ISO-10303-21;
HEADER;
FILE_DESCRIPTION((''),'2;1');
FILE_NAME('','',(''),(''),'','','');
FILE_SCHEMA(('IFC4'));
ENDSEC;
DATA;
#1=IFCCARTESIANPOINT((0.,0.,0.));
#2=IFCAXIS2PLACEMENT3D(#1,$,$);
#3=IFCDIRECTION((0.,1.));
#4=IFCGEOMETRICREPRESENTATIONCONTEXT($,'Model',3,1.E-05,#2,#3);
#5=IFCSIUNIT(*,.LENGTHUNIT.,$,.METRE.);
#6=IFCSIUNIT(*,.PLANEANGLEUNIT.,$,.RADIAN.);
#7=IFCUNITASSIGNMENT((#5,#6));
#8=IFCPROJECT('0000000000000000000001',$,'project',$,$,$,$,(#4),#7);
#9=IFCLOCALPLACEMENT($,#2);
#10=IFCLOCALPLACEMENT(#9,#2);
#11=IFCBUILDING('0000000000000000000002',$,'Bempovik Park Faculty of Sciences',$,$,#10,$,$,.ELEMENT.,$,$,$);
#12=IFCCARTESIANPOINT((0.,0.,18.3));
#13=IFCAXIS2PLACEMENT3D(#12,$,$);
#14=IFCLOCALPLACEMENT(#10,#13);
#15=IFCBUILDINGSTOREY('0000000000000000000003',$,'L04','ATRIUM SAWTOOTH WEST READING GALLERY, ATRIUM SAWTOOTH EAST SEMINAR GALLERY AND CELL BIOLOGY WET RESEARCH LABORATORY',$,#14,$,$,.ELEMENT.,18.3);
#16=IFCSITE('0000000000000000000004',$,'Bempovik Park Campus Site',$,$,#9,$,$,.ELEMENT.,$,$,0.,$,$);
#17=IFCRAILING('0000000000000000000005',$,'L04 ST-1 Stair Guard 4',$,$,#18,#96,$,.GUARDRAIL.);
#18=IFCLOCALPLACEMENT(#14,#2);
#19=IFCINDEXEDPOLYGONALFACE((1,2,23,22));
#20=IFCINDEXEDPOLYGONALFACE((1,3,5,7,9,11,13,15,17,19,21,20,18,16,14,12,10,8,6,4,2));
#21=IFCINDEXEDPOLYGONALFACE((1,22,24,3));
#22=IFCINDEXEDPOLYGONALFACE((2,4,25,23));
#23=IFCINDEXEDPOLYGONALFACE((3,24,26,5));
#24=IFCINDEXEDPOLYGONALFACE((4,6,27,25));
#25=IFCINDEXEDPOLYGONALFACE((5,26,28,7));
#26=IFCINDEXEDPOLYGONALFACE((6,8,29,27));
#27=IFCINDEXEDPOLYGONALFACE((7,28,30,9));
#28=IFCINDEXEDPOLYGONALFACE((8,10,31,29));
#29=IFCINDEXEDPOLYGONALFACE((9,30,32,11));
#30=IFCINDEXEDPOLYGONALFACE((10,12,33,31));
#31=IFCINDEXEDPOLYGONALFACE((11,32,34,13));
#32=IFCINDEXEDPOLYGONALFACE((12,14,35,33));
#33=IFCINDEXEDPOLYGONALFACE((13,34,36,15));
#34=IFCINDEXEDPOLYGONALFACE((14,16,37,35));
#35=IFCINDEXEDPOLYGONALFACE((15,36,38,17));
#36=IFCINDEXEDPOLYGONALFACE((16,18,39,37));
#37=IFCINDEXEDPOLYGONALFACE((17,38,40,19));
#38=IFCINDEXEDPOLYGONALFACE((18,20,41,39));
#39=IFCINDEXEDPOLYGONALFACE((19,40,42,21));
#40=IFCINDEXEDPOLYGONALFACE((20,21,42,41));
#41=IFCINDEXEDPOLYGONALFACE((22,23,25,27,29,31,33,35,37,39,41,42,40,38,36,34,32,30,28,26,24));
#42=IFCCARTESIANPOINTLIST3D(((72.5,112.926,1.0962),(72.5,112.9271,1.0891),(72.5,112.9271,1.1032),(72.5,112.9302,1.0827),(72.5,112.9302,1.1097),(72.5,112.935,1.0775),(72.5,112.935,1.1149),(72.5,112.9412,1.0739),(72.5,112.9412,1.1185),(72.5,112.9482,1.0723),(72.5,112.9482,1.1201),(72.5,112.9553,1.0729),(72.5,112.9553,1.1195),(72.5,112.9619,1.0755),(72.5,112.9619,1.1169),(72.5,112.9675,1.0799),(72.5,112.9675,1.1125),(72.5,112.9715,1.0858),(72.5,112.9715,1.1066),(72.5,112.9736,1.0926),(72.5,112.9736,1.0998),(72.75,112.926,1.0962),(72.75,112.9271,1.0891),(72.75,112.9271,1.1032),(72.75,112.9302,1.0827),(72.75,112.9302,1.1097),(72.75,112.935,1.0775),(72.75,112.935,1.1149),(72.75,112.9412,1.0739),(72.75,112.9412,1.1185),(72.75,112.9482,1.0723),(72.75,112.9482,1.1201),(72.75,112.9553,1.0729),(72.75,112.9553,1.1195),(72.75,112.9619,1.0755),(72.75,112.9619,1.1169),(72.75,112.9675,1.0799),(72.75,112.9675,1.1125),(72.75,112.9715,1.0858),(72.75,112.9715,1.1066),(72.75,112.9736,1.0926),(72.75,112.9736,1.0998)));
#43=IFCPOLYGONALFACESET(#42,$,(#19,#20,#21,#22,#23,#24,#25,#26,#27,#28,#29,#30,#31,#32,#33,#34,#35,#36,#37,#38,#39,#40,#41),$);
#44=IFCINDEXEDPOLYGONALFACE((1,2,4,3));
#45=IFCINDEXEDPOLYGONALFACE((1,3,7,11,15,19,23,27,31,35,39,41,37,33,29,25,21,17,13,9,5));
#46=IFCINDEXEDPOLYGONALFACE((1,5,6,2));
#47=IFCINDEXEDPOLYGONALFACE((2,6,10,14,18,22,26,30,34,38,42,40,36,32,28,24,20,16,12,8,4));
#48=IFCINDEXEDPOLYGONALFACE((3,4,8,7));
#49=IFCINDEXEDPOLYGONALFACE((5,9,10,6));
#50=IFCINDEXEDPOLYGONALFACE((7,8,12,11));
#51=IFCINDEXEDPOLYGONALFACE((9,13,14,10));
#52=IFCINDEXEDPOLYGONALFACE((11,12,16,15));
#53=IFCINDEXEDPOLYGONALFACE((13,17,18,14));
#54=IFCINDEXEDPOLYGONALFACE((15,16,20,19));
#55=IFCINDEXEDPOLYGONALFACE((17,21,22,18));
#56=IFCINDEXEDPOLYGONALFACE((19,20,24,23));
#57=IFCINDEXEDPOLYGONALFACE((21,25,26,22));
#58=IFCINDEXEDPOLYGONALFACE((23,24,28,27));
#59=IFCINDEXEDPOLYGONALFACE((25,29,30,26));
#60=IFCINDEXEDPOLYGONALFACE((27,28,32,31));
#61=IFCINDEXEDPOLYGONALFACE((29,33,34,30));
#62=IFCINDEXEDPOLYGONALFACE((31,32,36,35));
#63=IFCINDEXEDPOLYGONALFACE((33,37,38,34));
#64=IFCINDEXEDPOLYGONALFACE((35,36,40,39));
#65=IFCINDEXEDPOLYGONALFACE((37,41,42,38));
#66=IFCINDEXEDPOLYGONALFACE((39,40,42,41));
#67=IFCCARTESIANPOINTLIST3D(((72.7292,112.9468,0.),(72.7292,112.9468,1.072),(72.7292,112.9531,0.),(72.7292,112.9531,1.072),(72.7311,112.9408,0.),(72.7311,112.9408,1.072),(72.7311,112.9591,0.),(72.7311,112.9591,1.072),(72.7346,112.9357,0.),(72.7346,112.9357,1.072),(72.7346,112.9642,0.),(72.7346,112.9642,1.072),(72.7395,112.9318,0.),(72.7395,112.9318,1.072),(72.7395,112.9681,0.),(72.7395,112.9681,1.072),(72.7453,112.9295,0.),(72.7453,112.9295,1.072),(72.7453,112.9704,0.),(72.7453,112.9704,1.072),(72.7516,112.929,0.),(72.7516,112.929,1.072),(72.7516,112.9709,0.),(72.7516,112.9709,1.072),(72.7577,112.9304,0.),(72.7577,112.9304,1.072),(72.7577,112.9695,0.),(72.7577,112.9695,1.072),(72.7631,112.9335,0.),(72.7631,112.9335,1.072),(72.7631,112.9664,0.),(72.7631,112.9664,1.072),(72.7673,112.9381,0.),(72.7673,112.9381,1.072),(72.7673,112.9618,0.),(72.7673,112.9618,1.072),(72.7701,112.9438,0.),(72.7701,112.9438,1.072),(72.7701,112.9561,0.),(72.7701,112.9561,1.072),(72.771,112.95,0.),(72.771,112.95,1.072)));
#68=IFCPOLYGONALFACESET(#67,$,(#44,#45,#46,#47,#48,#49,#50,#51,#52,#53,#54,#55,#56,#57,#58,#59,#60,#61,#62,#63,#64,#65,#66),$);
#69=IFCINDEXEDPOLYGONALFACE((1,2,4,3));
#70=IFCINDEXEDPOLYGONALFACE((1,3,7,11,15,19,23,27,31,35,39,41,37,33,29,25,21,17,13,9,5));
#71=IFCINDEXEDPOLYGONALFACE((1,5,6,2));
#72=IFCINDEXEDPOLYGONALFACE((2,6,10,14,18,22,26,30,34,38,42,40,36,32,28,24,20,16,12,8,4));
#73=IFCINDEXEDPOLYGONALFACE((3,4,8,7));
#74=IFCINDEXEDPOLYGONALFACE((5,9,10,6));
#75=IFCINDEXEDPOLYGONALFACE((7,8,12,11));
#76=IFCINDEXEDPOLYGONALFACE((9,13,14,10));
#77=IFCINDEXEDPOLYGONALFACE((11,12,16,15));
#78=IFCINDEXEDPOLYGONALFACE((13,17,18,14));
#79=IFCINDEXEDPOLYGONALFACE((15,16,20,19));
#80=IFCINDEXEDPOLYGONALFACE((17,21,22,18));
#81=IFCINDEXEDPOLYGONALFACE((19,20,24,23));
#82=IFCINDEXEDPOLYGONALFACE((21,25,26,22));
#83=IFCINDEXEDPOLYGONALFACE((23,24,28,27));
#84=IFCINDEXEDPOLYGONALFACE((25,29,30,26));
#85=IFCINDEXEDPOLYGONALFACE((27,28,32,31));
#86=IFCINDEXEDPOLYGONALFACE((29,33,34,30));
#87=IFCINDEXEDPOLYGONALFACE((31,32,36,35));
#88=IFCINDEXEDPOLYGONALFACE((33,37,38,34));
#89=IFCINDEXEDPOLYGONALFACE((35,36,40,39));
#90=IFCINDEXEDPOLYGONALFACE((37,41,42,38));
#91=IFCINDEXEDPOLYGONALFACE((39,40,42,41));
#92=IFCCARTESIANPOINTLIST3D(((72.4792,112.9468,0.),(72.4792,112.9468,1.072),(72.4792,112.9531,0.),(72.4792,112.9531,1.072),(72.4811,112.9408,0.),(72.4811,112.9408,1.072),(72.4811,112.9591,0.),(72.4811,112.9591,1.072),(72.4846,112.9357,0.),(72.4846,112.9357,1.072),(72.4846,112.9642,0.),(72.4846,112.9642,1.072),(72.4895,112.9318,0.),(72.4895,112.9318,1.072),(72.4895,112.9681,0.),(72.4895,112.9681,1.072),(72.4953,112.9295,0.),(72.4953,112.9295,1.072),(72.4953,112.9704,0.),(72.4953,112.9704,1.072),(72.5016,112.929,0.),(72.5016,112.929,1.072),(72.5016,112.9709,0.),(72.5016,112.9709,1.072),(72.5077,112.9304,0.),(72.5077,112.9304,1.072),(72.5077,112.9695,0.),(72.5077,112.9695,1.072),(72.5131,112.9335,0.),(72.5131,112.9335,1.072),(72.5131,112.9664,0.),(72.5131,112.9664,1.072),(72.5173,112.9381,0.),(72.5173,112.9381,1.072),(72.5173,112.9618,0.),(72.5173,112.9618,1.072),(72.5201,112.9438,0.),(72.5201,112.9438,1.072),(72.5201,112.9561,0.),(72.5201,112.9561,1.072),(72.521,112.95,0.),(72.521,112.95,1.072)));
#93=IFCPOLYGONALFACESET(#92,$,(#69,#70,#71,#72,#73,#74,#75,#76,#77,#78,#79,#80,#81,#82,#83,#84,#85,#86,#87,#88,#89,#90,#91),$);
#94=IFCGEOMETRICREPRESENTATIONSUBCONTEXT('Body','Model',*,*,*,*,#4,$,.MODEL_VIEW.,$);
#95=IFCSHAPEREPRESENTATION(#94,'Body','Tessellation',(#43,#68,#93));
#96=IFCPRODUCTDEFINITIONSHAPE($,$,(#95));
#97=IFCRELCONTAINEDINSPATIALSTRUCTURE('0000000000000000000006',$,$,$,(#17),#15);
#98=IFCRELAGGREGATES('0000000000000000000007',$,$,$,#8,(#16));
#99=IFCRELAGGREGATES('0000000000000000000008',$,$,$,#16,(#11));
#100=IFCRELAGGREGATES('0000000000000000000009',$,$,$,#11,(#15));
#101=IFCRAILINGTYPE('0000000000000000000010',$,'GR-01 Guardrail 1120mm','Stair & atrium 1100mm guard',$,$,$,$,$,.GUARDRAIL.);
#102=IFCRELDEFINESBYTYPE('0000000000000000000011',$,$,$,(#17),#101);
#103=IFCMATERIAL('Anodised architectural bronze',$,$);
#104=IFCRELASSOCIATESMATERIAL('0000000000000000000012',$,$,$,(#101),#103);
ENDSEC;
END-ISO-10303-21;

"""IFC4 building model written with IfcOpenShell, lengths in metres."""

from ifc_helpers import new_model, si_unit, direction, frame, origin, origin_2d, place, context, subcontext, project, spatial, circle, extrude, material, type_object, element, save


model = new_model("IFC4")

# Units and contexts
model_context = context("Model", 3, precision=1e-05, world=origin(), true_north=direction((0.0, 1.0)))
body_context = subcontext(model_context, "Body", "Model", "MODEL_VIEW")
ifc_project = project(units=[si_unit("LENGTHUNIT", "METRE"), si_unit("PLANEANGLEUNIT", "RADIAN")], contexts=[model_context])

# Site, building, storey
site_placement = place(None, origin())
site = spatial("IfcSite", under=ifc_project, at=site_placement, Name="Bempovik Park Campus Site", CompositionType="ELEMENT", RefElevation=0.0)
building_placement = place(site_placement, origin())
building = spatial("IfcBuilding", under=site, at=building_placement, Name="Bempovik Park Faculty of Sciences", CompositionType="ELEMENT")
storey_placement = place(building_placement, frame((0.0, 0.0, 18.3)))
storey = spatial("IfcBuildingStorey", under=building, at=storey_placement, Name="L04", Description="ATRIUM SAWTOOTH WEST READING GALLERY, ATRIUM SAWTOOTH EAST SEMINAR GALLERY AND CELL BIOLOGY WET RESEARCH LABORATORY", CompositionType="ELEMENT", Elevation=18.3)

# Railing
ifc_material_1 = material(Name="Anodised architectural bronze")
railing_type_1 = type_object("IfcRailingType", Name="GR-01 Guardrail 1120mm", Description="Stair & atrium 1100mm guard", PredefinedType="GUARDRAIL", material=ifc_material_1)
railing_1_placement = place(storey_placement, frame((72.75, 112.95, 0.0)))
element("IfcRailing", 1, at=railing_1_placement, inside=storey, type_object=railing_type_1, Name="L04 ST-1 Stair Guard 4", PredefinedType="GUARDRAIL", context=body_context, shape_type="SweptSolid", body=[
    extrude(circle(Radius=0.0239, at=origin_2d()), frame((0.0, 0.0, 1.0962), z_axis=(-1.0, 0.0, 0.0), x_axis=(0.0, -1.0, 0.0)), (0.0, 0.0, 1.0), 0.25),
    extrude(circle(Radius=0.021, at=origin_2d()), origin(), (0.0, 0.0, 1.0), 1.072),
    extrude(circle(Radius=0.021, at=origin_2d()), frame((-0.25, 0.0, 0.0)), (0.0, 0.0, 1.0), 1.072),
])

save(model, "model.ifc")
